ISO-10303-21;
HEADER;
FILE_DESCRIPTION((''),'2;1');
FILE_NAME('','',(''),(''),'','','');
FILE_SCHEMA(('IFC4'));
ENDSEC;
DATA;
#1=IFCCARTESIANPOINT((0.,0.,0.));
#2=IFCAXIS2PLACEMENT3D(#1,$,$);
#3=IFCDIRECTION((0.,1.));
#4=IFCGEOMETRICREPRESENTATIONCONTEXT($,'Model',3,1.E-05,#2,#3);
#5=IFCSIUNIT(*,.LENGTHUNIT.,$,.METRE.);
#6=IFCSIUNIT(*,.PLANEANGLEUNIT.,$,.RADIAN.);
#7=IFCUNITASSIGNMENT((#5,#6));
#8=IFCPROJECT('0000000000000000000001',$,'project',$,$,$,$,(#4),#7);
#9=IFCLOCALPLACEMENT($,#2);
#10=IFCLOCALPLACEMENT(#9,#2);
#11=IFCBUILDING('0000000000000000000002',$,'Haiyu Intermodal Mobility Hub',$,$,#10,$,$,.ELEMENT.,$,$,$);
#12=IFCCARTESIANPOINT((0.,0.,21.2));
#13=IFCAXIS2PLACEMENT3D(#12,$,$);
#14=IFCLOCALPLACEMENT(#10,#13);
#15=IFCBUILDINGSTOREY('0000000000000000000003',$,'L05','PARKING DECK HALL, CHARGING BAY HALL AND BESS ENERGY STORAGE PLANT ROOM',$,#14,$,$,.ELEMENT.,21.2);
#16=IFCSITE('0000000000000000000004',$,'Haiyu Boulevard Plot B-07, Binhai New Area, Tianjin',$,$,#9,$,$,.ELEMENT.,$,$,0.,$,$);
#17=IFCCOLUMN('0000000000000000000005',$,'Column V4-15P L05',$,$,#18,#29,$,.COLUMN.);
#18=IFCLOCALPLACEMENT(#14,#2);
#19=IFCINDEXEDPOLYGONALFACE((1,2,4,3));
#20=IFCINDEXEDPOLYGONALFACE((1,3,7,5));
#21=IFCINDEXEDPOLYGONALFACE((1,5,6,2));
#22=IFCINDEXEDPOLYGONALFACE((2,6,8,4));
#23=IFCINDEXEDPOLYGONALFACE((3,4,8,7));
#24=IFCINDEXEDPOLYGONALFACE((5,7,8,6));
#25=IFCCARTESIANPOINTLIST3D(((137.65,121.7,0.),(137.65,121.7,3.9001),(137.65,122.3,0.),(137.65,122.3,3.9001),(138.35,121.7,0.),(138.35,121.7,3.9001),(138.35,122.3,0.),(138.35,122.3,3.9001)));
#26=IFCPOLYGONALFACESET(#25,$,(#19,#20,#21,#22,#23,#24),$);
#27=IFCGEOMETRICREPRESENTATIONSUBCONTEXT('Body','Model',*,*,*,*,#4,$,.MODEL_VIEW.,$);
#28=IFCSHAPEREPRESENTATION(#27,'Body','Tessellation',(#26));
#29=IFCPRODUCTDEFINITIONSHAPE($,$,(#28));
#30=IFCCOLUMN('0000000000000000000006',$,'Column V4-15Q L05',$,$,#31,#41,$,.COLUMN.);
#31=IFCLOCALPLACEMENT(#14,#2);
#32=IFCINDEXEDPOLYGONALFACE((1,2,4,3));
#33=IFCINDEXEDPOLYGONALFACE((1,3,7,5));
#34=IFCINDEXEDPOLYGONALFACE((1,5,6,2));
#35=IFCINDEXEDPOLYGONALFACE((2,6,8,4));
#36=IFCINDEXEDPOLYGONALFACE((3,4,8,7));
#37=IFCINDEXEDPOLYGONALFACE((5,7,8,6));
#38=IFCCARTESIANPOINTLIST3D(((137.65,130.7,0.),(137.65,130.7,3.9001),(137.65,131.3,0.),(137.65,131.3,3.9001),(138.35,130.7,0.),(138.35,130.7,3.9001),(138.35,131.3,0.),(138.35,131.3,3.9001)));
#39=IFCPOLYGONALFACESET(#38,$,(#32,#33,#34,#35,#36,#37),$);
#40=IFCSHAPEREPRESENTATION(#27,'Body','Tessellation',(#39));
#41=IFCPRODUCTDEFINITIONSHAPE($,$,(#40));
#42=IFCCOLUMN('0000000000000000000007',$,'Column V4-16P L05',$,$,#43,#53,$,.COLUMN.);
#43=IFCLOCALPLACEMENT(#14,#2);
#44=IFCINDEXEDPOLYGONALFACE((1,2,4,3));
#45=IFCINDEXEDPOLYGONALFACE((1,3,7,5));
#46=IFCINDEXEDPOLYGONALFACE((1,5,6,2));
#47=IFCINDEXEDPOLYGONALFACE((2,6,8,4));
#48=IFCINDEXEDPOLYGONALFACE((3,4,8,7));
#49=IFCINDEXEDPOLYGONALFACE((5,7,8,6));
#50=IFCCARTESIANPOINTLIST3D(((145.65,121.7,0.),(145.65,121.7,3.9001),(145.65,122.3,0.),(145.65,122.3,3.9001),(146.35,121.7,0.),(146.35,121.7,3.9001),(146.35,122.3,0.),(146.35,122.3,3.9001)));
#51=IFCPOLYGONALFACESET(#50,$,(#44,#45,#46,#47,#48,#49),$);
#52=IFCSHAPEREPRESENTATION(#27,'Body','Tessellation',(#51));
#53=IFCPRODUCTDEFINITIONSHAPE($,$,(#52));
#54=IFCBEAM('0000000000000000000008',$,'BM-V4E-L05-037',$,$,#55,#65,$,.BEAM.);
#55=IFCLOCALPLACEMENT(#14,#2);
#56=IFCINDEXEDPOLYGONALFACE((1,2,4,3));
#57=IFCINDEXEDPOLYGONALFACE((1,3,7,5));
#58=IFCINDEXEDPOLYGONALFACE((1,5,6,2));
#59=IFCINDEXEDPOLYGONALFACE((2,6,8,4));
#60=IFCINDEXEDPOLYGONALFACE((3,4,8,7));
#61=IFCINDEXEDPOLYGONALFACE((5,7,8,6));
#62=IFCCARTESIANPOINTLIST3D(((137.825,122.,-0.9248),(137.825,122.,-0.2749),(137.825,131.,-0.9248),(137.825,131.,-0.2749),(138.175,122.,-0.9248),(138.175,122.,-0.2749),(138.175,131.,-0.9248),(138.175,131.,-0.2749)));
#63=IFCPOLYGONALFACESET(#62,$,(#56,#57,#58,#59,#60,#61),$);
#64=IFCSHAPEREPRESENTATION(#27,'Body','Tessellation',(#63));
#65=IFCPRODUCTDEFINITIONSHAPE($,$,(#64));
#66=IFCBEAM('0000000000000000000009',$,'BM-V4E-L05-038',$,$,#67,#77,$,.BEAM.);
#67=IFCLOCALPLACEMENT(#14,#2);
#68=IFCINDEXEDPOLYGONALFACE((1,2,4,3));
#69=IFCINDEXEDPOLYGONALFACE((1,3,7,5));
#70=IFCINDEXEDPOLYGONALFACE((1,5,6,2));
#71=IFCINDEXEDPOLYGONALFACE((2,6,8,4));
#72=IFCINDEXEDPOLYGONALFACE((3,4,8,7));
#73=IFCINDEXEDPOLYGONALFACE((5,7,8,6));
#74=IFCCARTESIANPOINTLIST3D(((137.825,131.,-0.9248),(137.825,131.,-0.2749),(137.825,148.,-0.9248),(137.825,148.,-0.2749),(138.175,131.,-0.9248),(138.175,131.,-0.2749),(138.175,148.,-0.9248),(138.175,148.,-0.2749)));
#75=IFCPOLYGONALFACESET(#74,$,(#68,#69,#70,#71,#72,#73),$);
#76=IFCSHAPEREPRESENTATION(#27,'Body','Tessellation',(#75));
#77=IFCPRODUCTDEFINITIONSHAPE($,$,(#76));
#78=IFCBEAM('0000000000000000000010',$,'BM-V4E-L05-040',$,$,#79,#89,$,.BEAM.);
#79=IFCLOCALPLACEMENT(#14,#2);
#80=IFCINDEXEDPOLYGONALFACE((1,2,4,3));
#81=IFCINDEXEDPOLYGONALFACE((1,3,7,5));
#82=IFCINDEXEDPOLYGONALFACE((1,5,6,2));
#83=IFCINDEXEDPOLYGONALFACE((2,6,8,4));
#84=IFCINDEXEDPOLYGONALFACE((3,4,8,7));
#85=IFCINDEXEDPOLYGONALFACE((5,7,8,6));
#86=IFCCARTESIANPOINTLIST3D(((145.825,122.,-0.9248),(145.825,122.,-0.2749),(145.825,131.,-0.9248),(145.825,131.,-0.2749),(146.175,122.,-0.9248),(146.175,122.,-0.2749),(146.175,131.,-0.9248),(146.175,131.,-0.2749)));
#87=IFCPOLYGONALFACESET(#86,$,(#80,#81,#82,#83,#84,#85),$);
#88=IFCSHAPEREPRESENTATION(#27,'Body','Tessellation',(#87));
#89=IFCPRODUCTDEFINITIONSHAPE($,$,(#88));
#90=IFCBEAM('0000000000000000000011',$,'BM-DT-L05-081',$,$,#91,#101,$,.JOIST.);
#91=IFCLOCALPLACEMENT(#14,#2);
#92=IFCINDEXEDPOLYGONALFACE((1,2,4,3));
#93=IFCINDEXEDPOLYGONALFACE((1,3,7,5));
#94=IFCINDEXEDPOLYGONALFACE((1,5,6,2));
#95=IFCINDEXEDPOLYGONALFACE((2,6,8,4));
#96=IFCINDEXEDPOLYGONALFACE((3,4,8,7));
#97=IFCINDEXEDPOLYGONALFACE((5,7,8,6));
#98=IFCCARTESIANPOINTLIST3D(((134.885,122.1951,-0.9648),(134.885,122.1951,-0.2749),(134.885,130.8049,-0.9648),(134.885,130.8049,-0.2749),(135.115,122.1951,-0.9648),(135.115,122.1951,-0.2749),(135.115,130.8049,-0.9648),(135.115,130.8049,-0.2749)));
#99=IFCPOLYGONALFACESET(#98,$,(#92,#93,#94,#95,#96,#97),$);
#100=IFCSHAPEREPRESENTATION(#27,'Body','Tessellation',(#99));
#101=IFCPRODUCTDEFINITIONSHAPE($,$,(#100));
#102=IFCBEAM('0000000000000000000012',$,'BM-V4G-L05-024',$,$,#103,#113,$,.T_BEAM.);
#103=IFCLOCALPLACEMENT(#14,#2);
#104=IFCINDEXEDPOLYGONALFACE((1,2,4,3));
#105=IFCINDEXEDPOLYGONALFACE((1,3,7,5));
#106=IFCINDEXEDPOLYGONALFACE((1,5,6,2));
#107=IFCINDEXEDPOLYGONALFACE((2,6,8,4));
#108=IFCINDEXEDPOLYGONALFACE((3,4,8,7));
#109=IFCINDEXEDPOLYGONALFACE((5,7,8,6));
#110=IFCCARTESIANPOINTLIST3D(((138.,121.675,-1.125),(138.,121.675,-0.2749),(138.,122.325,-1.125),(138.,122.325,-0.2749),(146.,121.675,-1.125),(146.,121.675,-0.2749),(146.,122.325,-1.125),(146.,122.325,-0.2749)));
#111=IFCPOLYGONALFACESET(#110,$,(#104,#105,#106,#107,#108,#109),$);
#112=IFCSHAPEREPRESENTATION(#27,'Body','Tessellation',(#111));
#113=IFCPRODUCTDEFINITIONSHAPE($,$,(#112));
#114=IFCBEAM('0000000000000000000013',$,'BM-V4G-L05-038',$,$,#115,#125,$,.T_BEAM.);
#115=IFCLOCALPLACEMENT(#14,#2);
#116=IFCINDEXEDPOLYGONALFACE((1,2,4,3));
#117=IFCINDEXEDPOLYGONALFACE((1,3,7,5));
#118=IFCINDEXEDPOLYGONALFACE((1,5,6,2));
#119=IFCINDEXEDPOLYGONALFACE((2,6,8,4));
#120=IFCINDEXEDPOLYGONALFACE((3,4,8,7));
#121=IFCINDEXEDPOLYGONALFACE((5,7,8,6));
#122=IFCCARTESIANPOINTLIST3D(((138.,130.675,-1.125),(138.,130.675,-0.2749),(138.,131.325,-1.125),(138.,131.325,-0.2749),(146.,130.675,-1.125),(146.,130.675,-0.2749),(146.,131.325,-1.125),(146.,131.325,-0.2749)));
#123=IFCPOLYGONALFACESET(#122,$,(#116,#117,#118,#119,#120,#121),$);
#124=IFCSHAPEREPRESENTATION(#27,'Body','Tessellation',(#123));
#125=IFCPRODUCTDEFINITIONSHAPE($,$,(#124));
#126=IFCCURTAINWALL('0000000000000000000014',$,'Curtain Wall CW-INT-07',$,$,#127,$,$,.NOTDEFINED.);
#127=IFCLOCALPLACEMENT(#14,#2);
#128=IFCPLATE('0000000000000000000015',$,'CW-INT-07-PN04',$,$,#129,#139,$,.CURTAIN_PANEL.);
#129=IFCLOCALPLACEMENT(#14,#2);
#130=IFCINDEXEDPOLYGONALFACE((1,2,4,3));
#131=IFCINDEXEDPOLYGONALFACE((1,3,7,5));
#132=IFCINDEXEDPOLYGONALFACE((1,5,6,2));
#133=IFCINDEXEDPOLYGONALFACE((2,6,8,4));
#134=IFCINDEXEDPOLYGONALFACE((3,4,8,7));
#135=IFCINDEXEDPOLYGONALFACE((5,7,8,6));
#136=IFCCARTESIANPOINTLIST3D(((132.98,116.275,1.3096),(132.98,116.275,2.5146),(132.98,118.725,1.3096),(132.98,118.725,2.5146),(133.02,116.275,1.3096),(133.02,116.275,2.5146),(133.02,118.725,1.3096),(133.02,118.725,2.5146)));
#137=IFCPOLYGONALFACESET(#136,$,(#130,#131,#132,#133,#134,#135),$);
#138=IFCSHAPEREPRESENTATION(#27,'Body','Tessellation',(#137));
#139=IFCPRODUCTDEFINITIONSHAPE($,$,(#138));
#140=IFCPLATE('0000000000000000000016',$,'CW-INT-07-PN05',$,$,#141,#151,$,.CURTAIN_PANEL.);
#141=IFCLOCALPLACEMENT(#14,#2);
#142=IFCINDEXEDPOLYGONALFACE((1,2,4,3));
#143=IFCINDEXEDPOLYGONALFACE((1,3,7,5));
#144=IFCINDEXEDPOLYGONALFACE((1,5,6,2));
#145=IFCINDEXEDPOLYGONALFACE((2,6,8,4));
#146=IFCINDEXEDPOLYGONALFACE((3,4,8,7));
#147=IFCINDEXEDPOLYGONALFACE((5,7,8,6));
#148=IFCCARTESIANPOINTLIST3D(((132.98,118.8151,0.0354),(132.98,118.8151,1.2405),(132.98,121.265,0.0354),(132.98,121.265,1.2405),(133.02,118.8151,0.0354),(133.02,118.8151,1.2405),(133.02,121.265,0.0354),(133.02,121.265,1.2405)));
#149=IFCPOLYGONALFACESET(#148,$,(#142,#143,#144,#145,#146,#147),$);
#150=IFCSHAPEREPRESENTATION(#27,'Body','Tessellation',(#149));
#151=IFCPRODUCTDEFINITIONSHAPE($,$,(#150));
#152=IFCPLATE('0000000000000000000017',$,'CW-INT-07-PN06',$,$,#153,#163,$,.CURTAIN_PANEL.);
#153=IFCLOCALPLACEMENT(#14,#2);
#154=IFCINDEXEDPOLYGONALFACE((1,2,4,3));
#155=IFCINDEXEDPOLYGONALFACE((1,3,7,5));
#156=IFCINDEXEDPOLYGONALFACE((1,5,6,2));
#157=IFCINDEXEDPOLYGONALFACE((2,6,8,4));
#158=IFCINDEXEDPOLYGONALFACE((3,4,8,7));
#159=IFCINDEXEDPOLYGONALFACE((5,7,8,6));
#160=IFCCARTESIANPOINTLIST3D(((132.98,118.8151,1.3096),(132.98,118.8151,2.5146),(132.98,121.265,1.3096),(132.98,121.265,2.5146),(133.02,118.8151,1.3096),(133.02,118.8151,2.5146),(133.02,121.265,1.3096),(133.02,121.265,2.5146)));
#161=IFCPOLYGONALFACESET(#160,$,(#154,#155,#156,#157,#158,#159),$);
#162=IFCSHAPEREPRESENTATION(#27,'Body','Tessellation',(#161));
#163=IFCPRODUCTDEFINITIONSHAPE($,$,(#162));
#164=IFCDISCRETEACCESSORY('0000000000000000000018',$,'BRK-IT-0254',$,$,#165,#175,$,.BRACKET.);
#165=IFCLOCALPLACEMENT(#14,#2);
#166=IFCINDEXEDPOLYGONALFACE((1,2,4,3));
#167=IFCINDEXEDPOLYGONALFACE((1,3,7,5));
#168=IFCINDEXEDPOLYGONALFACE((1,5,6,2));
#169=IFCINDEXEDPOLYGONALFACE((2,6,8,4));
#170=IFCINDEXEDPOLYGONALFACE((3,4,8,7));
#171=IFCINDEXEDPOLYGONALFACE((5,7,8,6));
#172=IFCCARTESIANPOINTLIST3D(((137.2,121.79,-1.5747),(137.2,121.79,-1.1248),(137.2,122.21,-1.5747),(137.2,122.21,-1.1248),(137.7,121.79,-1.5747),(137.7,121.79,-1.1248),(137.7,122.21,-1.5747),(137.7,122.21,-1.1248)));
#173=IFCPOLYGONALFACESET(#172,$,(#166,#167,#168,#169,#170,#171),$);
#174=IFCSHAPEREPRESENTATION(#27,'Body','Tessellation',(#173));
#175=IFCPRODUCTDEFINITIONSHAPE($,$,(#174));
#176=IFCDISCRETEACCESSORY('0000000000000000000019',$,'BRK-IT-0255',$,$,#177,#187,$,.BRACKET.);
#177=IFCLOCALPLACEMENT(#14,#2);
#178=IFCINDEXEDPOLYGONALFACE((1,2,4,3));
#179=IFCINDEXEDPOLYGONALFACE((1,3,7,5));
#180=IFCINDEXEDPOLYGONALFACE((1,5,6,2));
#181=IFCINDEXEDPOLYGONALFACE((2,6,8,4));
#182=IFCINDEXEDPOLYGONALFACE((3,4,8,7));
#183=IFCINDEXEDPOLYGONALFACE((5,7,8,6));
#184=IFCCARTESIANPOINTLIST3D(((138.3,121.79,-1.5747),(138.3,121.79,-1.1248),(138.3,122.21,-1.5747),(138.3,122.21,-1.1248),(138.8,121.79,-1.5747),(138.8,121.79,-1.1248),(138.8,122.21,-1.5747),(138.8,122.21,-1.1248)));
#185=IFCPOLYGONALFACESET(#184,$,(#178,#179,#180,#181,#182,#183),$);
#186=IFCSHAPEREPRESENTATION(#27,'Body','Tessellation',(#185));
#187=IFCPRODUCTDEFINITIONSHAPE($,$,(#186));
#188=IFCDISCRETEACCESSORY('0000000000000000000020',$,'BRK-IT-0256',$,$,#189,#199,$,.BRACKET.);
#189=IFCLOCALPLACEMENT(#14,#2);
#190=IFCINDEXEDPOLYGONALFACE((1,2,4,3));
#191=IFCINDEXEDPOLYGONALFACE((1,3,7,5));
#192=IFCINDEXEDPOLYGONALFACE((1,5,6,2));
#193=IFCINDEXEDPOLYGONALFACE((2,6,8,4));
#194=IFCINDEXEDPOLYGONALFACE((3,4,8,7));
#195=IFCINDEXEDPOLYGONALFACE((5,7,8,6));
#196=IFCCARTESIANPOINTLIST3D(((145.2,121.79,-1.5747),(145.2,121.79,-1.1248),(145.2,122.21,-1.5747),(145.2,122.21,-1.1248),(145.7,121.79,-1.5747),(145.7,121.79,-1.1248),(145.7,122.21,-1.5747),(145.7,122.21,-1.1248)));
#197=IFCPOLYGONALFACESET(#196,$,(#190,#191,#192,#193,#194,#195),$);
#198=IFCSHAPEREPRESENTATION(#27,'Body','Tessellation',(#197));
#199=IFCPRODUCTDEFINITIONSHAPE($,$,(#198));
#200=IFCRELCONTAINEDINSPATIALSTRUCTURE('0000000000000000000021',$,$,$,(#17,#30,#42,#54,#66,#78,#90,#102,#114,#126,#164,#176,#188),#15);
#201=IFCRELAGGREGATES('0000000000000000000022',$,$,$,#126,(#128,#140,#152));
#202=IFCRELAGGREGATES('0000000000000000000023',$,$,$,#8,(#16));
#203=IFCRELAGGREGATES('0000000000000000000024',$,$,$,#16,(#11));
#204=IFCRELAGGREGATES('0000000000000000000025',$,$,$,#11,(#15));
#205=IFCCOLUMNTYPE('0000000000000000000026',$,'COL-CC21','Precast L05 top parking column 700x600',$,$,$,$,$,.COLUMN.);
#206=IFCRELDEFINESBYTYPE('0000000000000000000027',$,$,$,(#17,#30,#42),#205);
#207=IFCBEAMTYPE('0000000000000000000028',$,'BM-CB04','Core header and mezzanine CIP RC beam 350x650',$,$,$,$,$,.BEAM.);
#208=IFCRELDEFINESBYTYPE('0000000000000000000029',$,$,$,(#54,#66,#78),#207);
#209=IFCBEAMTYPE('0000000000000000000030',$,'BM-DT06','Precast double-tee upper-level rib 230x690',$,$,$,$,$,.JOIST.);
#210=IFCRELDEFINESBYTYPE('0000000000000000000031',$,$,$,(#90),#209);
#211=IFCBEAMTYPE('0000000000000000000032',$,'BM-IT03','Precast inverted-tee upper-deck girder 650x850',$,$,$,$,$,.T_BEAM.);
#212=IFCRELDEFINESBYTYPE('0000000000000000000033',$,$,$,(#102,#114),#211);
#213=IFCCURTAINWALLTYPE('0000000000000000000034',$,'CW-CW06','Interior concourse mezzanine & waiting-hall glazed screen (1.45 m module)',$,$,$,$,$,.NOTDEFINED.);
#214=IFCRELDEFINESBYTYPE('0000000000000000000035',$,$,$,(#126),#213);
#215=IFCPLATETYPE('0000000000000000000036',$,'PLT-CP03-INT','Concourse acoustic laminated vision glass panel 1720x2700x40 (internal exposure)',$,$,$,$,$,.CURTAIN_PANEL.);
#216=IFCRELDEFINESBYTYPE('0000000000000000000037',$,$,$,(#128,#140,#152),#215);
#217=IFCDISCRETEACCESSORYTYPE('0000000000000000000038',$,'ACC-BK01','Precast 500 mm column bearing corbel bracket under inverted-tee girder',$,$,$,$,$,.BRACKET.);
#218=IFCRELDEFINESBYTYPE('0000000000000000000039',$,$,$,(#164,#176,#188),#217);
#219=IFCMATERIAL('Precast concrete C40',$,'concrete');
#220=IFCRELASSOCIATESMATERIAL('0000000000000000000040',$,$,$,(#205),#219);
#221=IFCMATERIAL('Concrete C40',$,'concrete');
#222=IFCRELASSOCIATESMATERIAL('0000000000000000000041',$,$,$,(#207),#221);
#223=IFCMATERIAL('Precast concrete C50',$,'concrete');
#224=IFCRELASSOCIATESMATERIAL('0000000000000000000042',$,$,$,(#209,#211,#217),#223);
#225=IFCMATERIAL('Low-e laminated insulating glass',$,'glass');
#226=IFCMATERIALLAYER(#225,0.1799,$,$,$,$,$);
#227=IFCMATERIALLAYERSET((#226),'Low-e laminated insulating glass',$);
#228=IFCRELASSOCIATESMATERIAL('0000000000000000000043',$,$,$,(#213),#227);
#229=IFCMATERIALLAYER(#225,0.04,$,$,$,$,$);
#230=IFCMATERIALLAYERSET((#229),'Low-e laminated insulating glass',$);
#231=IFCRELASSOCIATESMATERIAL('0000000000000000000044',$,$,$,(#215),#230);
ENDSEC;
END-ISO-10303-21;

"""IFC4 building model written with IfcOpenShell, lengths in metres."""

from ifc_helpers import new_model, si_unit, direction, frame, origin, origin_2d, place, context, subcontext, project, spatial, rectangle, extrude, material, layer, layer_set, material_profile, profile_set, type_object, element, aggregate, save


model = new_model("IFC4")

# Units and contexts
model_context = context("Model", 3, precision=1e-05, world=origin(), true_north=direction((0.0, 1.0)))
body_context = subcontext(model_context, "Body", "Model", "MODEL_VIEW")
ifc_project = project(units=[si_unit("LENGTHUNIT", "METRE"), si_unit("PLANEANGLEUNIT", "RADIAN")], contexts=[model_context])

# Site, building, storey
site_placement = place(None, origin())
site = spatial("IfcSite", under=ifc_project, at=site_placement, Name="Haiyu Boulevard Plot B-07, Binhai New Area, Tianjin", CompositionType="ELEMENT", RefElevation=0.0)
building_placement = place(site_placement, origin())
building = spatial("IfcBuilding", under=site, at=building_placement, Name="Haiyu Intermodal Mobility Hub", CompositionType="ELEMENT")
storey_placement = place(building_placement, frame((0.0, 0.0, 21.2)))
storey = spatial("IfcBuildingStorey", under=building, at=storey_placement, Name="L05", Description="PARKING DECK HALL, CHARGING BAY HALL AND BESS ENERGY STORAGE PLANT ROOM", CompositionType="ELEMENT", Elevation=21.2)

# Columns
ifc_material_1 = material(Name="Precast concrete C40", Category="concrete")
ifc_material_profile_1 = material_profile(ifc_material_1, rectangle(XDim=0.7, YDim=0.6001, at=origin_2d()), Name="C700x600")
ifc_profile_set_1 = profile_set([ifc_material_profile_1], Name="Precast concrete C40")
column_type = type_object("IfcColumnType", Name="COL-CC21", Description="Precast L05 top parking column 700x600", PredefinedType="COLUMN", material=ifc_profile_set_1)
for number, where, z_axis, x_axis, name in (
    (1, (138.0, 122.0, 0.0), (0.0, 0.0, 1.0), (1.0, 0.0, 0.0), "Column V4-15P L05"),
    (2, (138.0, 131.0, 0.0), (0.0, 0.0, 1.0), (1.0, 0.0, 0.0), "Column V4-15Q L05"),
    (3, (146.0, 122.0, 0.0), (0.0, 0.0, 1.0), (1.0, 0.0, 0.0), "Column V4-16P L05"),
):
    element("IfcColumn", number, at=place(storey_placement, frame(where, z_axis=z_axis, x_axis=x_axis)), inside=storey, type_object=column_type, Name=name, PredefinedType="COLUMN", context=body_context, shape_type="SweptSolid", body=[
        extrude(rectangle(XDim=0.7, YDim=0.6001, at=origin_2d()), origin(), (0.0, 0.0, 1.0), 3.9001),
    ])

# Beams
ifc_material_2 = material(Name="Concrete C40", Category="concrete")
ifc_material_profile_2 = material_profile(ifc_material_2, rectangle(XDim=0.3501, YDim=0.6499, at=origin_2d()), Name="RCB350x650")
ifc_profile_set_2 = profile_set([ifc_material_profile_2], Name="Concrete C40")
beam_type_1 = type_object("IfcBeamType", Name="BM-CB04", Description="Core header and mezzanine CIP RC beam 350x650", PredefinedType="BEAM", material=ifc_profile_set_2)
beam_1_placement = place(storey_placement, frame((138.0, 122.0, -0.5999), z_axis=(0.0, 1.0, 0.0), x_axis=(-1.0, 0.0, 0.0)))
element("IfcBeam", 4, at=beam_1_placement, inside=storey, type_object=beam_type_1, Name="BM-V4E-L05-037", PredefinedType="BEAM", context=body_context, shape_type="SweptSolid", body=[
    extrude(rectangle(XDim=0.3501, YDim=0.6499, at=origin_2d()), origin(), (0.0, 0.0, 1.0), 9.0),
])
beam_2_placement = place(storey_placement, frame((138.0, 131.0, -0.5999), z_axis=(0.0, 1.0, 0.0), x_axis=(-1.0, 0.0, 0.0)))
element("IfcBeam", 5, at=beam_2_placement, inside=storey, type_object=beam_type_1, Name="BM-V4E-L05-038", PredefinedType="BEAM", context=body_context, shape_type="SweptSolid", body=[
    extrude(rectangle(XDim=0.3501, YDim=0.6499, at=origin_2d()), origin(), (0.0, 0.0, 1.0), 17.0),
])
beam_3_placement = place(storey_placement, frame((146.0, 122.0, -0.5999), z_axis=(0.0, 1.0, 0.0), x_axis=(-1.0, 0.0, 0.0)))
element("IfcBeam", 6, at=beam_3_placement, inside=storey, type_object=beam_type_1, Name="BM-V4E-L05-040", PredefinedType="BEAM", context=body_context, shape_type="SweptSolid", body=[
    extrude(rectangle(XDim=0.3501, YDim=0.6499, at=origin_2d()), origin(), (0.0, 0.0, 1.0), 9.0),
])
ifc_material_3 = material(Name="Precast concrete C50", Category="concrete")
ifc_material_profile_3 = material_profile(ifc_material_3, rectangle(XDim=0.23, YDim=0.6899, at=origin_2d()), Name="B230x690")
ifc_profile_set_3 = profile_set([ifc_material_profile_3], Name="Precast concrete C50")
beam_type_2 = type_object("IfcBeamType", Name="BM-DT06", Description="Precast double-tee upper-level rib 230x690", PredefinedType="JOIST", material=ifc_profile_set_3)
beam_4_placement = place(storey_placement, frame((135.0, 122.1951, -0.6199), z_axis=(0.0, 1.0, 0.0), x_axis=(-1.0, 0.0, 0.0)))
element("IfcBeam", 7, at=beam_4_placement, inside=storey, type_object=beam_type_2, Name="BM-DT-L05-081", PredefinedType="JOIST", context=body_context, shape_type="SweptSolid", body=[
    extrude(rectangle(XDim=0.23, YDim=0.6899, at=origin_2d()), origin(), (0.0, 0.0, 1.0), 8.6099),
])
ifc_material_profile_4 = material_profile(ifc_material_3, rectangle(XDim=0.6499, YDim=0.8501, at=origin_2d()), Name="PC650x850")
ifc_profile_set_4 = profile_set([ifc_material_profile_4], Name="Precast concrete C50")
beam_type_3 = type_object("IfcBeamType", Name="BM-IT03", Description="Precast inverted-tee upper-deck girder 650x850", PredefinedType="T_BEAM", material=ifc_profile_set_4)
for number, where, z_axis, x_axis, name in (
    (8, (138.0, 122.0, -0.7), (1.0, 0.0, 0.0), (0.0, 1.0, 0.0), "BM-V4G-L05-024"),
    (9, (138.0, 131.0, -0.7), (1.0, 0.0, 0.0), (0.0, 1.0, 0.0), "BM-V4G-L05-038"),
):
    element("IfcBeam", number, at=place(storey_placement, frame(where, z_axis=z_axis, x_axis=x_axis)), inside=storey, type_object=beam_type_3, Name=name, PredefinedType="T_BEAM", context=body_context, shape_type="SweptSolid", body=[
        extrude(rectangle(XDim=0.6499, YDim=0.8501, at=origin_2d()), origin(), (0.0, 0.0, 1.0), 8.0),
    ])

# Curtain wall, plates
ifc_material_4 = material(Name="Low-e laminated insulating glass", Category="glass")
ifc_layer_1 = layer(ifc_material_4, 0.1799)
ifc_layer_set_1 = layer_set([ifc_layer_1], Name="Low-e laminated insulating glass")
curtain_wall_type = type_object("IfcCurtainWallType", Name="CW-CW06", Description="Interior concourse mezzanine & waiting-hall glazed screen (1.45 m module)", PredefinedType="NOTDEFINED", material=ifc_layer_set_1)
curtain_wall_placement = place(storey_placement, origin())
curtain_wall = element("IfcCurtainWall", 10, at=curtain_wall_placement, inside=storey, type_object=curtain_wall_type, Name="Curtain Wall CW-INT-07", PredefinedType="NOTDEFINED")
ifc_layer_2 = layer(ifc_material_4, 0.04)
ifc_layer_set_2 = layer_set([ifc_layer_2], Name="Low-e laminated insulating glass")
plate_type = type_object("IfcPlateType", Name="PLT-CP03-INT", Description="Concourse acoustic laminated vision glass panel 1720x2700x40 (internal exposure)", PredefinedType="CURTAIN_PANEL", material=ifc_layer_set_2)
plate_1_placement = place(storey_placement, frame((133.0, 117.5, 1.3096), z_axis=(0.0, 0.0, 1.0), x_axis=(0.0, 1.0, 0.0)))
plate_1 = element("IfcPlate", 11, at=plate_1_placement, type_object=plate_type, Name="CW-INT-07-PN04", PredefinedType="CURTAIN_PANEL", context=body_context, shape_type="SweptSolid", body=[
    extrude(rectangle(XDim=2.45, YDim=0.04, at=origin_2d()), origin(), (0.0, 0.0, 1.0), 1.2051),
])
plate_2_placement = place(storey_placement, frame((133.0, 120.04, 0.0354), z_axis=(0.0, 0.0, 1.0), x_axis=(0.0, 1.0, 0.0)))
plate_2 = element("IfcPlate", 12, at=plate_2_placement, type_object=plate_type, Name="CW-INT-07-PN05", PredefinedType="CURTAIN_PANEL", context=body_context, shape_type="SweptSolid", body=[
    extrude(rectangle(XDim=2.45, YDim=0.04, at=origin_2d()), origin(), (0.0, 0.0, 1.0), 1.2051),
])
plate_3_placement = place(storey_placement, frame((133.0, 120.04, 1.3096), z_axis=(0.0, 0.0, 1.0), x_axis=(0.0, 1.0, 0.0)))
plate_3 = element("IfcPlate", 13, at=plate_3_placement, type_object=plate_type, Name="CW-INT-07-PN06", PredefinedType="CURTAIN_PANEL", context=body_context, shape_type="SweptSolid", body=[
    extrude(rectangle(XDim=2.45, YDim=0.04, at=origin_2d()), origin(), (0.0, 0.0, 1.0), 1.2051),
])
aggregate(curtain_wall, [plate_1, plate_2, plate_3])

# Discrete accessories
discrete_accessory_type_1 = type_object("IfcDiscreteAccessoryType", Name="ACC-BK01", Description="Precast 500 mm column bearing corbel bracket under inverted-tee girder", PredefinedType="BRACKET", material=ifc_material_3)
for number, where, z_axis, x_axis, name in (
    (14, (137.45, 122.0, -1.5747), (0.0, 0.0, 1.0), (1.0, 0.0, 0.0), "BRK-IT-0254"),
    (15, (138.55, 122.0, -1.5747), (0.0, 0.0, 1.0), (1.0, 0.0, 0.0), "BRK-IT-0255"),
    (16, (145.45, 122.0, -1.5747), (0.0, 0.0, 1.0), (1.0, 0.0, 0.0), "BRK-IT-0256"),
):
    element("IfcDiscreteAccessory", number, at=place(storey_placement, frame(where, z_axis=z_axis, x_axis=x_axis)), inside=storey, type_object=discrete_accessory_type_1, Name=name, PredefinedType="BRACKET", context=body_context, shape_type="SweptSolid", body=[
        extrude(rectangle(XDim=0.5, YDim=0.4199, at=origin_2d()), origin(), (0.0, 0.0, 1.0), 0.45),
    ])

save(model, "model.ifc")
